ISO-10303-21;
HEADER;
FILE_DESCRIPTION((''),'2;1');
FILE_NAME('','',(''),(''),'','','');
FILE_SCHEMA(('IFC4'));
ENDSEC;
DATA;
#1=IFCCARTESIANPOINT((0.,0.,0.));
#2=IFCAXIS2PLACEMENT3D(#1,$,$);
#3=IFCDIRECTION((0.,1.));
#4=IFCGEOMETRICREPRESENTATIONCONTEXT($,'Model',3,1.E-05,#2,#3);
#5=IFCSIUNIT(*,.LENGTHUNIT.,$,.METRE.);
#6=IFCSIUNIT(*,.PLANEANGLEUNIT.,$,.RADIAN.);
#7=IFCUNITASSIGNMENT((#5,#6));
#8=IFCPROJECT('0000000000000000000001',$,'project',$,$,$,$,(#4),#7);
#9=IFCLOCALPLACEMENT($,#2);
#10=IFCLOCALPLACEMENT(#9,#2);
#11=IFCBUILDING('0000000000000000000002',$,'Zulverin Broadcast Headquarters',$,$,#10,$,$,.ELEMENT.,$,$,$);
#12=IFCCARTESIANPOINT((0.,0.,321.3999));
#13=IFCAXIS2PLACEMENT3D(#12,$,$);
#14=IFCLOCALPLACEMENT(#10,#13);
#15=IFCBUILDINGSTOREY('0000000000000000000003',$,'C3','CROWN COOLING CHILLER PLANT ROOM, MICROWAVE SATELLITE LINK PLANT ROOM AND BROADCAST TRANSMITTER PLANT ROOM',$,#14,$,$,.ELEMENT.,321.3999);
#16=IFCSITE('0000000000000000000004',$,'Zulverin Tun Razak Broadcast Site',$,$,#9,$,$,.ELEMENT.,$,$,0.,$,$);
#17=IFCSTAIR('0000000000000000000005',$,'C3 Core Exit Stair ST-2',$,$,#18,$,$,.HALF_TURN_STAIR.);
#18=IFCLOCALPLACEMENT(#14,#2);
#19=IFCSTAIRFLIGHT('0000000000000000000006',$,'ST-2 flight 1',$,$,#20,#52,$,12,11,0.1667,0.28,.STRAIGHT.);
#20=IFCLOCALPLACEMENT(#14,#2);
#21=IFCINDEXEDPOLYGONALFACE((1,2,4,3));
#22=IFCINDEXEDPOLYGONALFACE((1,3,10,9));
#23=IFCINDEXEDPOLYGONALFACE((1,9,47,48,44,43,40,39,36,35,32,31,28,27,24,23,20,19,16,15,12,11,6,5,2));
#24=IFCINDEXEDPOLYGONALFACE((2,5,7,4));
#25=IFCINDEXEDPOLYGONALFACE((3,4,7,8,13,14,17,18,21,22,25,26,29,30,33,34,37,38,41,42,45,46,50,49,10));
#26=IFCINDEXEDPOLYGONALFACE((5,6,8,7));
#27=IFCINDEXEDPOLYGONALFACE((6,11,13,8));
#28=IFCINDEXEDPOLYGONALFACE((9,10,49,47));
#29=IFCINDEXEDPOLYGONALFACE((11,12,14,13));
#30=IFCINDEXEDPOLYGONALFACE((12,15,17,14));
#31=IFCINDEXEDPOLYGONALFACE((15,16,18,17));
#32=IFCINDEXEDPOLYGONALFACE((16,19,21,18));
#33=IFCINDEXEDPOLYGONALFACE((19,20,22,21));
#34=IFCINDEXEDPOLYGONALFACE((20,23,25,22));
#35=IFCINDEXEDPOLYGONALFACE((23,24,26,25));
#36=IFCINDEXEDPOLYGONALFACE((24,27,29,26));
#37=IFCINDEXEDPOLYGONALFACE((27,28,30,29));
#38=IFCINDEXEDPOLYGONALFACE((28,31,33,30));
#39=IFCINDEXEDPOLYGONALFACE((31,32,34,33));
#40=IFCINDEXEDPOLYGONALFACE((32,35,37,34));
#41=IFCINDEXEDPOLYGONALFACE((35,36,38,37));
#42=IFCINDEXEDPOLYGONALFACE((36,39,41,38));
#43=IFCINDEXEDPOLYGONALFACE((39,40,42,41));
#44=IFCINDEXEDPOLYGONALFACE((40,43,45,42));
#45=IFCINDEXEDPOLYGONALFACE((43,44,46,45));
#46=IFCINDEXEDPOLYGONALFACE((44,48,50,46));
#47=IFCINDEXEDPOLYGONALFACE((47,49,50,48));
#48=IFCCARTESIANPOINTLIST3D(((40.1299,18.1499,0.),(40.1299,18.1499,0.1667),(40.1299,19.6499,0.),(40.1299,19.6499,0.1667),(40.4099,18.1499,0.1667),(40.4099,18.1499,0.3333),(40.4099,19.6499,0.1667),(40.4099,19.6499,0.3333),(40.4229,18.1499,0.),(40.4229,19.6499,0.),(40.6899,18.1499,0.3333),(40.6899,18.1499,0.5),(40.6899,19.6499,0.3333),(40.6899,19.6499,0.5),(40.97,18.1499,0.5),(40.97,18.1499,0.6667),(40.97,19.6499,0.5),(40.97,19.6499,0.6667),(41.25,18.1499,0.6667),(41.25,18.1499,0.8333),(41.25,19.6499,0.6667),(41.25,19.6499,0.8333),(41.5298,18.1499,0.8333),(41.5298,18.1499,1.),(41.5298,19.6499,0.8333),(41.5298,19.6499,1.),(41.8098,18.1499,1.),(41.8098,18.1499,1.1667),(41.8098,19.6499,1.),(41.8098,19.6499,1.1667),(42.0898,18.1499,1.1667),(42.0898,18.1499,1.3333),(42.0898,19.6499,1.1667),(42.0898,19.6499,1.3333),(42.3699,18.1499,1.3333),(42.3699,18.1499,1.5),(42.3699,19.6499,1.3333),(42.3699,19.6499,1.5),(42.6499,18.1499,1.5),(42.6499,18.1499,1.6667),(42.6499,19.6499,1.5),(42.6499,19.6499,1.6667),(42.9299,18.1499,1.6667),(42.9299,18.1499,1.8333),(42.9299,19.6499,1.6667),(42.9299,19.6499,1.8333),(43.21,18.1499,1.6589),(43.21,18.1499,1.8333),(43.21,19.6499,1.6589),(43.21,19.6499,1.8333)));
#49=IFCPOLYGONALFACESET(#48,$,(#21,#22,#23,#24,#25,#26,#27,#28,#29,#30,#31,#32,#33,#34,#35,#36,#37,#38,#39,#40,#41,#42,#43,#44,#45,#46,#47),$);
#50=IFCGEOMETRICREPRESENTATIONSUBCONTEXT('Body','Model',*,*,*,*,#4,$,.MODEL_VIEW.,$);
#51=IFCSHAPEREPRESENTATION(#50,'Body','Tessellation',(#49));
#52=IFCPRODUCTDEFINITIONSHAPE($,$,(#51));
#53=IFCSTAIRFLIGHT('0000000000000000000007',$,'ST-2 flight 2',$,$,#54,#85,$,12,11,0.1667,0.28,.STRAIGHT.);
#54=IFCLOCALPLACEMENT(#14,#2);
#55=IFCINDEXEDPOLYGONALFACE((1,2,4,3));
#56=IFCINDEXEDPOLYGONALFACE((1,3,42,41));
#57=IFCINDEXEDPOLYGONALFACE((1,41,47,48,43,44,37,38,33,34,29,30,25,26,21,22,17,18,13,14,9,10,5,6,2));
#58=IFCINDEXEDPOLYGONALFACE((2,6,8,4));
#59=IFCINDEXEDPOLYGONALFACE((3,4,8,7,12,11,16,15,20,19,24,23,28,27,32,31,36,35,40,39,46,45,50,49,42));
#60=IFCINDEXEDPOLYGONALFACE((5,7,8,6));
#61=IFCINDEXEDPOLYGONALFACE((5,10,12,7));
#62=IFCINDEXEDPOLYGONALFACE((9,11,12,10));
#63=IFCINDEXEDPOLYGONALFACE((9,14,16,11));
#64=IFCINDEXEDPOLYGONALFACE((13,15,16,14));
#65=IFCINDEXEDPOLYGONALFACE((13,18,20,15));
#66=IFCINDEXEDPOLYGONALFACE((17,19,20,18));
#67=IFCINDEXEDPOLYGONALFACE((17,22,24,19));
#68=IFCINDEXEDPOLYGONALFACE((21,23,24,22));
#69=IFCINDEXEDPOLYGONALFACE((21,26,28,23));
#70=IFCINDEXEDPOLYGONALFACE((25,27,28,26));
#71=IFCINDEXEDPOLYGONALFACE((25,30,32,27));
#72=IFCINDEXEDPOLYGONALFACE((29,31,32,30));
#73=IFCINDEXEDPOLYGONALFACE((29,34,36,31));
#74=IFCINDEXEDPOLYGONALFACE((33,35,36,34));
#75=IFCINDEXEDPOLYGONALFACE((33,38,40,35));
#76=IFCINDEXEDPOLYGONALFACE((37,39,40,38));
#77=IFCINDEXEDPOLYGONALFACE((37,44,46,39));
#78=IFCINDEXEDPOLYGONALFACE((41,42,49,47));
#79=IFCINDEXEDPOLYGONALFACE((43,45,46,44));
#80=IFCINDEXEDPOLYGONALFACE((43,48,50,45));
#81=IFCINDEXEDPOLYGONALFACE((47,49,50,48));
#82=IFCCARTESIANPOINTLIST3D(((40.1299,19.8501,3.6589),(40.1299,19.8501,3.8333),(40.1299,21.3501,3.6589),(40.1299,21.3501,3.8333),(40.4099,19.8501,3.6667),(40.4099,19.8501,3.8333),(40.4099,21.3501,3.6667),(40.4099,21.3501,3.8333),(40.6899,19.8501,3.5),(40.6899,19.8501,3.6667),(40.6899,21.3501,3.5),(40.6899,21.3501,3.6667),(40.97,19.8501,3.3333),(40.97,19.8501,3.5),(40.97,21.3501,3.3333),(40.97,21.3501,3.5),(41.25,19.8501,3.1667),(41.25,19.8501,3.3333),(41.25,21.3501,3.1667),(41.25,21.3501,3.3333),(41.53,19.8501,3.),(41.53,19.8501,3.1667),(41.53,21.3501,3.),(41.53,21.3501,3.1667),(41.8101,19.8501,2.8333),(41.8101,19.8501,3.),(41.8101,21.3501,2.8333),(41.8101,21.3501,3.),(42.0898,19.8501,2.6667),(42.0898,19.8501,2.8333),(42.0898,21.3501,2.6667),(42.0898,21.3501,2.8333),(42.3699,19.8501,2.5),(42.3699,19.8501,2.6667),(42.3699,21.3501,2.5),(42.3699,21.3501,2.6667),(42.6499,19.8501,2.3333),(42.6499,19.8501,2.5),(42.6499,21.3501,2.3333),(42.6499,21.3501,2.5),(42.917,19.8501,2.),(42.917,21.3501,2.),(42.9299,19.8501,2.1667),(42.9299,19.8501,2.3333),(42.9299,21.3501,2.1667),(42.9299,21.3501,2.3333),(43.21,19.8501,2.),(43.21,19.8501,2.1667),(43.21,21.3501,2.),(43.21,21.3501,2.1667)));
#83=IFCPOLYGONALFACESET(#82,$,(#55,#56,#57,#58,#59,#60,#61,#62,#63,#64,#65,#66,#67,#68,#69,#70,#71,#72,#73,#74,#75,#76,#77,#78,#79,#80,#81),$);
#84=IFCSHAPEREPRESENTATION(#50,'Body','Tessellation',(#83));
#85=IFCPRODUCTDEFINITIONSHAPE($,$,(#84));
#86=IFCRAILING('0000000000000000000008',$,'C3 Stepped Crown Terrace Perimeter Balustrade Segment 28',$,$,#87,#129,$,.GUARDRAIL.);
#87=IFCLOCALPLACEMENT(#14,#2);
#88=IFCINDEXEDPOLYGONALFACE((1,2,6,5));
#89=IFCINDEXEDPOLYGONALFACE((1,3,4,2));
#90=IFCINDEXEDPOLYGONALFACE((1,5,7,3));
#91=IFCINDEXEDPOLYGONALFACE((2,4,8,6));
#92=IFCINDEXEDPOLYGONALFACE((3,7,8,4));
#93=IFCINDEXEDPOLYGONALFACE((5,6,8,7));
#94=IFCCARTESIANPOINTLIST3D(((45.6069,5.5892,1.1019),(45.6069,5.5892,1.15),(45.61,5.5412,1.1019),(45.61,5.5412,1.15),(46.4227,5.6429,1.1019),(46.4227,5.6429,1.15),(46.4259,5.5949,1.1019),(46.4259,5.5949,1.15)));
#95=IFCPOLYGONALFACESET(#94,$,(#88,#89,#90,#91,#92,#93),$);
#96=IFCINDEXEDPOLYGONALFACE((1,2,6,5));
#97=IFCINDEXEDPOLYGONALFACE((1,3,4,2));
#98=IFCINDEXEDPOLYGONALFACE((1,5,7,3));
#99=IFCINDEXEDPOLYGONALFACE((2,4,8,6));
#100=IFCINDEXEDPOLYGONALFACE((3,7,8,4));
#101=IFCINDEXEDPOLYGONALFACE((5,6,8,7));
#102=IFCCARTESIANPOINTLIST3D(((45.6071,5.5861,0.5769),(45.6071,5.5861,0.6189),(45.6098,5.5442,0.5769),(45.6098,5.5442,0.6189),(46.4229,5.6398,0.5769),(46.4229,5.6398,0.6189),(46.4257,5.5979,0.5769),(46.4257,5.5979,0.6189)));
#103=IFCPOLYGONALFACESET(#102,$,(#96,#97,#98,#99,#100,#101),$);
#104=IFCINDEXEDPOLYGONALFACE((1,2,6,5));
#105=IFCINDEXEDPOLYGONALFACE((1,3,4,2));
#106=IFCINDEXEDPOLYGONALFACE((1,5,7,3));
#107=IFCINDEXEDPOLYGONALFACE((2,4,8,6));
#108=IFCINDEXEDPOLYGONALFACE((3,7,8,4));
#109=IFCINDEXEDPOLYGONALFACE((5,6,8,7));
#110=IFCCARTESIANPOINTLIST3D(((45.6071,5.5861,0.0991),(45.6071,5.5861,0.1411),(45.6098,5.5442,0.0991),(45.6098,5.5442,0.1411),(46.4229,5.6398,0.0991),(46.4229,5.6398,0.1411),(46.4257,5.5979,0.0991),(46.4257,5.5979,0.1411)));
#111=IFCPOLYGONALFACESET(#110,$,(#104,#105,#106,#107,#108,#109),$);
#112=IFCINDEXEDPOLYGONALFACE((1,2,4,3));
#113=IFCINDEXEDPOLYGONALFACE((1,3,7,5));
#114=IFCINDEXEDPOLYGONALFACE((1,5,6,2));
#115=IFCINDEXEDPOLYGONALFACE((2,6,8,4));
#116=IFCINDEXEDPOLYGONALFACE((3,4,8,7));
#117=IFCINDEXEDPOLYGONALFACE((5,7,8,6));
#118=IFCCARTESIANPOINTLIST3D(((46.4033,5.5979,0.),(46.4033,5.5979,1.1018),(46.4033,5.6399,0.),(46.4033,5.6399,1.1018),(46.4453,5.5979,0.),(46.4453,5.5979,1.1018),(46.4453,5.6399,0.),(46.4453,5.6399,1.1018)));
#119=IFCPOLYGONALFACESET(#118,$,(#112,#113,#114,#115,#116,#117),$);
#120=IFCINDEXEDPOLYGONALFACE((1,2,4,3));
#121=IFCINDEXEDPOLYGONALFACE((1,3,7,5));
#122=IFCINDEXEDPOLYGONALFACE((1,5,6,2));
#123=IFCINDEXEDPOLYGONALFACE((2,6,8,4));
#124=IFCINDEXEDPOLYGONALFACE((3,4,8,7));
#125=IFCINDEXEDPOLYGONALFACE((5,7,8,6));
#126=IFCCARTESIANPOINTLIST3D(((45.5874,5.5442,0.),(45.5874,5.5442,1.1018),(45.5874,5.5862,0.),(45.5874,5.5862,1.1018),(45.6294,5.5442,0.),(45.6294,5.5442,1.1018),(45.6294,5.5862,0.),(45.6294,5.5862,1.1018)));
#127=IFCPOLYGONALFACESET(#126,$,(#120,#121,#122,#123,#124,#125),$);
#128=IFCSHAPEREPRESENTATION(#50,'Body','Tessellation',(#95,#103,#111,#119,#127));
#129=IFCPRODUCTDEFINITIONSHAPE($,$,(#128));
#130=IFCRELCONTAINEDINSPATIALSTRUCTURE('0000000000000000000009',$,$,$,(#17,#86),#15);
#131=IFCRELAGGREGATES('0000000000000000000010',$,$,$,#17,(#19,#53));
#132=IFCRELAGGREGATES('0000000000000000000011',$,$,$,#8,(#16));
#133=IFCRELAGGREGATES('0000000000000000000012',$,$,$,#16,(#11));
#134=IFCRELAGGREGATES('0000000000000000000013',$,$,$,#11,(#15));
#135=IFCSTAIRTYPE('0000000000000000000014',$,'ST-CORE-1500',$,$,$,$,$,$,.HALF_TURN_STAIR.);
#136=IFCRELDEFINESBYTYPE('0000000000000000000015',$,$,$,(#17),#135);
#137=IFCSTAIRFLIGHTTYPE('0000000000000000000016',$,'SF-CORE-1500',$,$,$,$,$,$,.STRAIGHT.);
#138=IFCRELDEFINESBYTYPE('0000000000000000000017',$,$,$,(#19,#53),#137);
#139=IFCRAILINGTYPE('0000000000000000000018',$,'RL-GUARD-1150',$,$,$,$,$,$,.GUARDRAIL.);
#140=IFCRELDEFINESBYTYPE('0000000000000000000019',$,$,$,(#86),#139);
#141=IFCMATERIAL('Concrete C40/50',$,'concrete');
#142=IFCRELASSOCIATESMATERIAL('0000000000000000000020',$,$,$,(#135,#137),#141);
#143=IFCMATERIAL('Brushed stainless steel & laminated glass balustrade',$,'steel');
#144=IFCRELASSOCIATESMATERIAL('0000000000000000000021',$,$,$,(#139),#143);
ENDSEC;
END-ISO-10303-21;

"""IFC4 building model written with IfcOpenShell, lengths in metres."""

from ifc_helpers import new_model, si_unit, direction, frame, origin, origin_2d, place, context, subcontext, project, spatial, polyline, rectangle, outline, extrude, material, type_object, element, aggregate, save


model = new_model("IFC4")

# Units and contexts
model_context = context("Model", 3, precision=1e-05, world=origin(), true_north=direction((0.0, 1.0)))
body_context = subcontext(model_context, "Body", "Model", "MODEL_VIEW")
ifc_project = project(units=[si_unit("LENGTHUNIT", "METRE"), si_unit("PLANEANGLEUNIT", "RADIAN")], contexts=[model_context])

# Site, building, storey
site_placement = place(None, origin())
site = spatial("IfcSite", under=ifc_project, at=site_placement, Name="Zulverin Tun Razak Broadcast Site", CompositionType="ELEMENT", RefElevation=0.0)
building_placement = place(site_placement, origin())
building = spatial("IfcBuilding", under=site, at=building_placement, Name="Zulverin Broadcast Headquarters", CompositionType="ELEMENT")
storey_placement = place(building_placement, frame((0.0, 0.0, 321.3999)))
storey = spatial("IfcBuildingStorey", under=building, at=storey_placement, Name="C3", Description="CROWN COOLING CHILLER PLANT ROOM, MICROWAVE SATELLITE LINK PLANT ROOM AND BROADCAST TRANSMITTER PLANT ROOM", CompositionType="ELEMENT", Elevation=321.3999)

# Shared definitions
ifc_material_1 = material(Name="Concrete C40/50", Category="concrete")

# Stair, stair flights
stair_type = type_object("IfcStairType", Name="ST-CORE-1500", PredefinedType="HALF_TURN_STAIR", material=ifc_material_1)
stair_placement = place(storey_placement, origin())
stair = element("IfcStair", 1, at=stair_placement, inside=storey, type_object=stair_type, Name="C3 Core Exit Stair ST-2", PredefinedType="HALF_TURN_STAIR")
stair_flight_type = type_object("IfcStairFlightType", Name="SF-CORE-1500", PredefinedType="STRAIGHT", material=ifc_material_1)
stair_flight_1_placement = place(storey_placement, frame((40.1299, 18.8999, 0.0), z_axis=(0.0, 0.0, 1.0), x_axis=(1.0, 0.0, 0.0)))
stair_flight_1 = element("IfcStairFlight", 2, at=stair_flight_1_placement, type_object=stair_flight_type, Name="ST-2 flight 1", NumberOfRisers=12, NumberOfTreads=11, PredefinedType="STRAIGHT", RiserHeight=0.1667, TreadLength=0.28, context=body_context, shape_type="SweptSolid", body=[
    extrude(outline(polyline([(0.0, 0.0), (0.0, 0.1667), (0.28, 0.1667), (0.28, 0.3333), (0.5601, 0.3333), (0.5601, 0.5), (0.8401, 0.5), (0.8401, 0.6667), (1.1201, 0.6667), (1.1201, 0.8333), (1.3999, 0.8333), (1.3999, 1.0), (1.6799, 1.0), (1.6799, 1.1667), (1.96, 1.1667), (1.96, 1.3333), (2.24, 1.3333), (2.24, 1.5), (2.52, 1.5), (2.52, 1.6667), (2.8, 1.6667), (2.8, 1.8333), (3.0801, 1.8333), (3.0801, 2.0), (3.0801, 1.6589), (0.293, 0.0), (0.0, 0.0)])), frame((0.0, 0.75, 0.0), z_axis=(0.0, -1.0, 0.0), x_axis=(1.0, 0.0, 0.0)), (0.0, 0.0, 1.0), 1.5),
])
stair_flight_2_placement = place(storey_placement, frame((43.21, 20.6001, 2.0), z_axis=(0.0, 0.0, 1.0), x_axis=(-1.0, 0.0, 0.0)))
stair_flight_2 = element("IfcStairFlight", 3, at=stair_flight_2_placement, type_object=stair_flight_type, Name="ST-2 flight 2", NumberOfRisers=12, NumberOfTreads=11, PredefinedType="STRAIGHT", RiserHeight=0.1667, TreadLength=0.28, context=body_context, shape_type="SweptSolid", body=[
    extrude(outline(polyline([(0.0, 0.0), (0.0, 0.1667), (0.28, 0.1667), (0.28, 0.3333), (0.5601, 0.3333), (0.5601, 0.5), (0.8401, 0.5), (0.8401, 0.6667), (1.1201, 0.6667), (1.1201, 0.8333), (1.3999, 0.8333), (1.3999, 1.0), (1.6799, 1.0), (1.6799, 1.1667), (1.96, 1.1667), (1.96, 1.3333), (2.24, 1.3333), (2.24, 1.5), (2.52, 1.5), (2.52, 1.6667), (2.8, 1.6667), (2.8, 1.8333), (3.0801, 1.8333), (3.0801, 2.0), (3.0801, 1.6589), (0.293, 0.0), (0.0, 0.0)])), frame((0.0, 0.75, 0.0), z_axis=(0.0, -1.0, 0.0), x_axis=(1.0, 0.0, 0.0)), (0.0, 0.0, 1.0), 1.5),
])
aggregate(stair, [stair_flight_1, stair_flight_2])

# Railing
ifc_material_2 = material(Name="Brushed stainless steel & laminated glass balustrade", Category="steel")
railing_type_1 = type_object("IfcRailingType", Name="RL-GUARD-1150", PredefinedType="GUARDRAIL", material=ifc_material_2)
railing_1_placement = place(storey_placement, frame((46.4243, 5.6189, 0.0)))
element("IfcRailing", 4, at=railing_1_placement, inside=storey, type_object=railing_type_1, Name="C3 Stepped Crown Terrace Perimeter Balustrade Segment 28", PredefinedType="GUARDRAIL", context=body_context, shape_type="SweptSolid", body=[
    extrude(rectangle(XDim=0.0481, YDim=0.0481, at=origin_2d()), frame((0.0, 0.0, 1.126), z_axis=(-0.99784, -0.065687, 0.0), x_axis=(0.065687, -0.99784, 0.0)), (0.0, 0.0, 1.0), 0.8176),
    extrude(rectangle(XDim=0.042, YDim=0.042, at=origin_2d()), frame((0.0, 0.0, 0.5979), z_axis=(-0.99784, -0.065687, 0.0), x_axis=(0.065687, -0.99784, 0.0)), (0.0, 0.0, 1.0), 0.8176),
    extrude(rectangle(XDim=0.042, YDim=0.042, at=origin_2d()), frame((0.0, 0.0, 0.1201), z_axis=(-0.99784, -0.065687, 0.0), x_axis=(0.065687, -0.99784, 0.0)), (0.0, 0.0, 1.0), 0.8176),
    extrude(rectangle(XDim=0.042, YDim=0.042, at=origin_2d()), origin(), (0.0, 0.0, 1.0), 1.1018),
    extrude(rectangle(XDim=0.042, YDim=0.042, at=origin_2d()), frame((-0.8159, -0.0537, 0.0)), (0.0, 0.0, 1.0), 1.1018),
])

save(model, "model.ifc")
